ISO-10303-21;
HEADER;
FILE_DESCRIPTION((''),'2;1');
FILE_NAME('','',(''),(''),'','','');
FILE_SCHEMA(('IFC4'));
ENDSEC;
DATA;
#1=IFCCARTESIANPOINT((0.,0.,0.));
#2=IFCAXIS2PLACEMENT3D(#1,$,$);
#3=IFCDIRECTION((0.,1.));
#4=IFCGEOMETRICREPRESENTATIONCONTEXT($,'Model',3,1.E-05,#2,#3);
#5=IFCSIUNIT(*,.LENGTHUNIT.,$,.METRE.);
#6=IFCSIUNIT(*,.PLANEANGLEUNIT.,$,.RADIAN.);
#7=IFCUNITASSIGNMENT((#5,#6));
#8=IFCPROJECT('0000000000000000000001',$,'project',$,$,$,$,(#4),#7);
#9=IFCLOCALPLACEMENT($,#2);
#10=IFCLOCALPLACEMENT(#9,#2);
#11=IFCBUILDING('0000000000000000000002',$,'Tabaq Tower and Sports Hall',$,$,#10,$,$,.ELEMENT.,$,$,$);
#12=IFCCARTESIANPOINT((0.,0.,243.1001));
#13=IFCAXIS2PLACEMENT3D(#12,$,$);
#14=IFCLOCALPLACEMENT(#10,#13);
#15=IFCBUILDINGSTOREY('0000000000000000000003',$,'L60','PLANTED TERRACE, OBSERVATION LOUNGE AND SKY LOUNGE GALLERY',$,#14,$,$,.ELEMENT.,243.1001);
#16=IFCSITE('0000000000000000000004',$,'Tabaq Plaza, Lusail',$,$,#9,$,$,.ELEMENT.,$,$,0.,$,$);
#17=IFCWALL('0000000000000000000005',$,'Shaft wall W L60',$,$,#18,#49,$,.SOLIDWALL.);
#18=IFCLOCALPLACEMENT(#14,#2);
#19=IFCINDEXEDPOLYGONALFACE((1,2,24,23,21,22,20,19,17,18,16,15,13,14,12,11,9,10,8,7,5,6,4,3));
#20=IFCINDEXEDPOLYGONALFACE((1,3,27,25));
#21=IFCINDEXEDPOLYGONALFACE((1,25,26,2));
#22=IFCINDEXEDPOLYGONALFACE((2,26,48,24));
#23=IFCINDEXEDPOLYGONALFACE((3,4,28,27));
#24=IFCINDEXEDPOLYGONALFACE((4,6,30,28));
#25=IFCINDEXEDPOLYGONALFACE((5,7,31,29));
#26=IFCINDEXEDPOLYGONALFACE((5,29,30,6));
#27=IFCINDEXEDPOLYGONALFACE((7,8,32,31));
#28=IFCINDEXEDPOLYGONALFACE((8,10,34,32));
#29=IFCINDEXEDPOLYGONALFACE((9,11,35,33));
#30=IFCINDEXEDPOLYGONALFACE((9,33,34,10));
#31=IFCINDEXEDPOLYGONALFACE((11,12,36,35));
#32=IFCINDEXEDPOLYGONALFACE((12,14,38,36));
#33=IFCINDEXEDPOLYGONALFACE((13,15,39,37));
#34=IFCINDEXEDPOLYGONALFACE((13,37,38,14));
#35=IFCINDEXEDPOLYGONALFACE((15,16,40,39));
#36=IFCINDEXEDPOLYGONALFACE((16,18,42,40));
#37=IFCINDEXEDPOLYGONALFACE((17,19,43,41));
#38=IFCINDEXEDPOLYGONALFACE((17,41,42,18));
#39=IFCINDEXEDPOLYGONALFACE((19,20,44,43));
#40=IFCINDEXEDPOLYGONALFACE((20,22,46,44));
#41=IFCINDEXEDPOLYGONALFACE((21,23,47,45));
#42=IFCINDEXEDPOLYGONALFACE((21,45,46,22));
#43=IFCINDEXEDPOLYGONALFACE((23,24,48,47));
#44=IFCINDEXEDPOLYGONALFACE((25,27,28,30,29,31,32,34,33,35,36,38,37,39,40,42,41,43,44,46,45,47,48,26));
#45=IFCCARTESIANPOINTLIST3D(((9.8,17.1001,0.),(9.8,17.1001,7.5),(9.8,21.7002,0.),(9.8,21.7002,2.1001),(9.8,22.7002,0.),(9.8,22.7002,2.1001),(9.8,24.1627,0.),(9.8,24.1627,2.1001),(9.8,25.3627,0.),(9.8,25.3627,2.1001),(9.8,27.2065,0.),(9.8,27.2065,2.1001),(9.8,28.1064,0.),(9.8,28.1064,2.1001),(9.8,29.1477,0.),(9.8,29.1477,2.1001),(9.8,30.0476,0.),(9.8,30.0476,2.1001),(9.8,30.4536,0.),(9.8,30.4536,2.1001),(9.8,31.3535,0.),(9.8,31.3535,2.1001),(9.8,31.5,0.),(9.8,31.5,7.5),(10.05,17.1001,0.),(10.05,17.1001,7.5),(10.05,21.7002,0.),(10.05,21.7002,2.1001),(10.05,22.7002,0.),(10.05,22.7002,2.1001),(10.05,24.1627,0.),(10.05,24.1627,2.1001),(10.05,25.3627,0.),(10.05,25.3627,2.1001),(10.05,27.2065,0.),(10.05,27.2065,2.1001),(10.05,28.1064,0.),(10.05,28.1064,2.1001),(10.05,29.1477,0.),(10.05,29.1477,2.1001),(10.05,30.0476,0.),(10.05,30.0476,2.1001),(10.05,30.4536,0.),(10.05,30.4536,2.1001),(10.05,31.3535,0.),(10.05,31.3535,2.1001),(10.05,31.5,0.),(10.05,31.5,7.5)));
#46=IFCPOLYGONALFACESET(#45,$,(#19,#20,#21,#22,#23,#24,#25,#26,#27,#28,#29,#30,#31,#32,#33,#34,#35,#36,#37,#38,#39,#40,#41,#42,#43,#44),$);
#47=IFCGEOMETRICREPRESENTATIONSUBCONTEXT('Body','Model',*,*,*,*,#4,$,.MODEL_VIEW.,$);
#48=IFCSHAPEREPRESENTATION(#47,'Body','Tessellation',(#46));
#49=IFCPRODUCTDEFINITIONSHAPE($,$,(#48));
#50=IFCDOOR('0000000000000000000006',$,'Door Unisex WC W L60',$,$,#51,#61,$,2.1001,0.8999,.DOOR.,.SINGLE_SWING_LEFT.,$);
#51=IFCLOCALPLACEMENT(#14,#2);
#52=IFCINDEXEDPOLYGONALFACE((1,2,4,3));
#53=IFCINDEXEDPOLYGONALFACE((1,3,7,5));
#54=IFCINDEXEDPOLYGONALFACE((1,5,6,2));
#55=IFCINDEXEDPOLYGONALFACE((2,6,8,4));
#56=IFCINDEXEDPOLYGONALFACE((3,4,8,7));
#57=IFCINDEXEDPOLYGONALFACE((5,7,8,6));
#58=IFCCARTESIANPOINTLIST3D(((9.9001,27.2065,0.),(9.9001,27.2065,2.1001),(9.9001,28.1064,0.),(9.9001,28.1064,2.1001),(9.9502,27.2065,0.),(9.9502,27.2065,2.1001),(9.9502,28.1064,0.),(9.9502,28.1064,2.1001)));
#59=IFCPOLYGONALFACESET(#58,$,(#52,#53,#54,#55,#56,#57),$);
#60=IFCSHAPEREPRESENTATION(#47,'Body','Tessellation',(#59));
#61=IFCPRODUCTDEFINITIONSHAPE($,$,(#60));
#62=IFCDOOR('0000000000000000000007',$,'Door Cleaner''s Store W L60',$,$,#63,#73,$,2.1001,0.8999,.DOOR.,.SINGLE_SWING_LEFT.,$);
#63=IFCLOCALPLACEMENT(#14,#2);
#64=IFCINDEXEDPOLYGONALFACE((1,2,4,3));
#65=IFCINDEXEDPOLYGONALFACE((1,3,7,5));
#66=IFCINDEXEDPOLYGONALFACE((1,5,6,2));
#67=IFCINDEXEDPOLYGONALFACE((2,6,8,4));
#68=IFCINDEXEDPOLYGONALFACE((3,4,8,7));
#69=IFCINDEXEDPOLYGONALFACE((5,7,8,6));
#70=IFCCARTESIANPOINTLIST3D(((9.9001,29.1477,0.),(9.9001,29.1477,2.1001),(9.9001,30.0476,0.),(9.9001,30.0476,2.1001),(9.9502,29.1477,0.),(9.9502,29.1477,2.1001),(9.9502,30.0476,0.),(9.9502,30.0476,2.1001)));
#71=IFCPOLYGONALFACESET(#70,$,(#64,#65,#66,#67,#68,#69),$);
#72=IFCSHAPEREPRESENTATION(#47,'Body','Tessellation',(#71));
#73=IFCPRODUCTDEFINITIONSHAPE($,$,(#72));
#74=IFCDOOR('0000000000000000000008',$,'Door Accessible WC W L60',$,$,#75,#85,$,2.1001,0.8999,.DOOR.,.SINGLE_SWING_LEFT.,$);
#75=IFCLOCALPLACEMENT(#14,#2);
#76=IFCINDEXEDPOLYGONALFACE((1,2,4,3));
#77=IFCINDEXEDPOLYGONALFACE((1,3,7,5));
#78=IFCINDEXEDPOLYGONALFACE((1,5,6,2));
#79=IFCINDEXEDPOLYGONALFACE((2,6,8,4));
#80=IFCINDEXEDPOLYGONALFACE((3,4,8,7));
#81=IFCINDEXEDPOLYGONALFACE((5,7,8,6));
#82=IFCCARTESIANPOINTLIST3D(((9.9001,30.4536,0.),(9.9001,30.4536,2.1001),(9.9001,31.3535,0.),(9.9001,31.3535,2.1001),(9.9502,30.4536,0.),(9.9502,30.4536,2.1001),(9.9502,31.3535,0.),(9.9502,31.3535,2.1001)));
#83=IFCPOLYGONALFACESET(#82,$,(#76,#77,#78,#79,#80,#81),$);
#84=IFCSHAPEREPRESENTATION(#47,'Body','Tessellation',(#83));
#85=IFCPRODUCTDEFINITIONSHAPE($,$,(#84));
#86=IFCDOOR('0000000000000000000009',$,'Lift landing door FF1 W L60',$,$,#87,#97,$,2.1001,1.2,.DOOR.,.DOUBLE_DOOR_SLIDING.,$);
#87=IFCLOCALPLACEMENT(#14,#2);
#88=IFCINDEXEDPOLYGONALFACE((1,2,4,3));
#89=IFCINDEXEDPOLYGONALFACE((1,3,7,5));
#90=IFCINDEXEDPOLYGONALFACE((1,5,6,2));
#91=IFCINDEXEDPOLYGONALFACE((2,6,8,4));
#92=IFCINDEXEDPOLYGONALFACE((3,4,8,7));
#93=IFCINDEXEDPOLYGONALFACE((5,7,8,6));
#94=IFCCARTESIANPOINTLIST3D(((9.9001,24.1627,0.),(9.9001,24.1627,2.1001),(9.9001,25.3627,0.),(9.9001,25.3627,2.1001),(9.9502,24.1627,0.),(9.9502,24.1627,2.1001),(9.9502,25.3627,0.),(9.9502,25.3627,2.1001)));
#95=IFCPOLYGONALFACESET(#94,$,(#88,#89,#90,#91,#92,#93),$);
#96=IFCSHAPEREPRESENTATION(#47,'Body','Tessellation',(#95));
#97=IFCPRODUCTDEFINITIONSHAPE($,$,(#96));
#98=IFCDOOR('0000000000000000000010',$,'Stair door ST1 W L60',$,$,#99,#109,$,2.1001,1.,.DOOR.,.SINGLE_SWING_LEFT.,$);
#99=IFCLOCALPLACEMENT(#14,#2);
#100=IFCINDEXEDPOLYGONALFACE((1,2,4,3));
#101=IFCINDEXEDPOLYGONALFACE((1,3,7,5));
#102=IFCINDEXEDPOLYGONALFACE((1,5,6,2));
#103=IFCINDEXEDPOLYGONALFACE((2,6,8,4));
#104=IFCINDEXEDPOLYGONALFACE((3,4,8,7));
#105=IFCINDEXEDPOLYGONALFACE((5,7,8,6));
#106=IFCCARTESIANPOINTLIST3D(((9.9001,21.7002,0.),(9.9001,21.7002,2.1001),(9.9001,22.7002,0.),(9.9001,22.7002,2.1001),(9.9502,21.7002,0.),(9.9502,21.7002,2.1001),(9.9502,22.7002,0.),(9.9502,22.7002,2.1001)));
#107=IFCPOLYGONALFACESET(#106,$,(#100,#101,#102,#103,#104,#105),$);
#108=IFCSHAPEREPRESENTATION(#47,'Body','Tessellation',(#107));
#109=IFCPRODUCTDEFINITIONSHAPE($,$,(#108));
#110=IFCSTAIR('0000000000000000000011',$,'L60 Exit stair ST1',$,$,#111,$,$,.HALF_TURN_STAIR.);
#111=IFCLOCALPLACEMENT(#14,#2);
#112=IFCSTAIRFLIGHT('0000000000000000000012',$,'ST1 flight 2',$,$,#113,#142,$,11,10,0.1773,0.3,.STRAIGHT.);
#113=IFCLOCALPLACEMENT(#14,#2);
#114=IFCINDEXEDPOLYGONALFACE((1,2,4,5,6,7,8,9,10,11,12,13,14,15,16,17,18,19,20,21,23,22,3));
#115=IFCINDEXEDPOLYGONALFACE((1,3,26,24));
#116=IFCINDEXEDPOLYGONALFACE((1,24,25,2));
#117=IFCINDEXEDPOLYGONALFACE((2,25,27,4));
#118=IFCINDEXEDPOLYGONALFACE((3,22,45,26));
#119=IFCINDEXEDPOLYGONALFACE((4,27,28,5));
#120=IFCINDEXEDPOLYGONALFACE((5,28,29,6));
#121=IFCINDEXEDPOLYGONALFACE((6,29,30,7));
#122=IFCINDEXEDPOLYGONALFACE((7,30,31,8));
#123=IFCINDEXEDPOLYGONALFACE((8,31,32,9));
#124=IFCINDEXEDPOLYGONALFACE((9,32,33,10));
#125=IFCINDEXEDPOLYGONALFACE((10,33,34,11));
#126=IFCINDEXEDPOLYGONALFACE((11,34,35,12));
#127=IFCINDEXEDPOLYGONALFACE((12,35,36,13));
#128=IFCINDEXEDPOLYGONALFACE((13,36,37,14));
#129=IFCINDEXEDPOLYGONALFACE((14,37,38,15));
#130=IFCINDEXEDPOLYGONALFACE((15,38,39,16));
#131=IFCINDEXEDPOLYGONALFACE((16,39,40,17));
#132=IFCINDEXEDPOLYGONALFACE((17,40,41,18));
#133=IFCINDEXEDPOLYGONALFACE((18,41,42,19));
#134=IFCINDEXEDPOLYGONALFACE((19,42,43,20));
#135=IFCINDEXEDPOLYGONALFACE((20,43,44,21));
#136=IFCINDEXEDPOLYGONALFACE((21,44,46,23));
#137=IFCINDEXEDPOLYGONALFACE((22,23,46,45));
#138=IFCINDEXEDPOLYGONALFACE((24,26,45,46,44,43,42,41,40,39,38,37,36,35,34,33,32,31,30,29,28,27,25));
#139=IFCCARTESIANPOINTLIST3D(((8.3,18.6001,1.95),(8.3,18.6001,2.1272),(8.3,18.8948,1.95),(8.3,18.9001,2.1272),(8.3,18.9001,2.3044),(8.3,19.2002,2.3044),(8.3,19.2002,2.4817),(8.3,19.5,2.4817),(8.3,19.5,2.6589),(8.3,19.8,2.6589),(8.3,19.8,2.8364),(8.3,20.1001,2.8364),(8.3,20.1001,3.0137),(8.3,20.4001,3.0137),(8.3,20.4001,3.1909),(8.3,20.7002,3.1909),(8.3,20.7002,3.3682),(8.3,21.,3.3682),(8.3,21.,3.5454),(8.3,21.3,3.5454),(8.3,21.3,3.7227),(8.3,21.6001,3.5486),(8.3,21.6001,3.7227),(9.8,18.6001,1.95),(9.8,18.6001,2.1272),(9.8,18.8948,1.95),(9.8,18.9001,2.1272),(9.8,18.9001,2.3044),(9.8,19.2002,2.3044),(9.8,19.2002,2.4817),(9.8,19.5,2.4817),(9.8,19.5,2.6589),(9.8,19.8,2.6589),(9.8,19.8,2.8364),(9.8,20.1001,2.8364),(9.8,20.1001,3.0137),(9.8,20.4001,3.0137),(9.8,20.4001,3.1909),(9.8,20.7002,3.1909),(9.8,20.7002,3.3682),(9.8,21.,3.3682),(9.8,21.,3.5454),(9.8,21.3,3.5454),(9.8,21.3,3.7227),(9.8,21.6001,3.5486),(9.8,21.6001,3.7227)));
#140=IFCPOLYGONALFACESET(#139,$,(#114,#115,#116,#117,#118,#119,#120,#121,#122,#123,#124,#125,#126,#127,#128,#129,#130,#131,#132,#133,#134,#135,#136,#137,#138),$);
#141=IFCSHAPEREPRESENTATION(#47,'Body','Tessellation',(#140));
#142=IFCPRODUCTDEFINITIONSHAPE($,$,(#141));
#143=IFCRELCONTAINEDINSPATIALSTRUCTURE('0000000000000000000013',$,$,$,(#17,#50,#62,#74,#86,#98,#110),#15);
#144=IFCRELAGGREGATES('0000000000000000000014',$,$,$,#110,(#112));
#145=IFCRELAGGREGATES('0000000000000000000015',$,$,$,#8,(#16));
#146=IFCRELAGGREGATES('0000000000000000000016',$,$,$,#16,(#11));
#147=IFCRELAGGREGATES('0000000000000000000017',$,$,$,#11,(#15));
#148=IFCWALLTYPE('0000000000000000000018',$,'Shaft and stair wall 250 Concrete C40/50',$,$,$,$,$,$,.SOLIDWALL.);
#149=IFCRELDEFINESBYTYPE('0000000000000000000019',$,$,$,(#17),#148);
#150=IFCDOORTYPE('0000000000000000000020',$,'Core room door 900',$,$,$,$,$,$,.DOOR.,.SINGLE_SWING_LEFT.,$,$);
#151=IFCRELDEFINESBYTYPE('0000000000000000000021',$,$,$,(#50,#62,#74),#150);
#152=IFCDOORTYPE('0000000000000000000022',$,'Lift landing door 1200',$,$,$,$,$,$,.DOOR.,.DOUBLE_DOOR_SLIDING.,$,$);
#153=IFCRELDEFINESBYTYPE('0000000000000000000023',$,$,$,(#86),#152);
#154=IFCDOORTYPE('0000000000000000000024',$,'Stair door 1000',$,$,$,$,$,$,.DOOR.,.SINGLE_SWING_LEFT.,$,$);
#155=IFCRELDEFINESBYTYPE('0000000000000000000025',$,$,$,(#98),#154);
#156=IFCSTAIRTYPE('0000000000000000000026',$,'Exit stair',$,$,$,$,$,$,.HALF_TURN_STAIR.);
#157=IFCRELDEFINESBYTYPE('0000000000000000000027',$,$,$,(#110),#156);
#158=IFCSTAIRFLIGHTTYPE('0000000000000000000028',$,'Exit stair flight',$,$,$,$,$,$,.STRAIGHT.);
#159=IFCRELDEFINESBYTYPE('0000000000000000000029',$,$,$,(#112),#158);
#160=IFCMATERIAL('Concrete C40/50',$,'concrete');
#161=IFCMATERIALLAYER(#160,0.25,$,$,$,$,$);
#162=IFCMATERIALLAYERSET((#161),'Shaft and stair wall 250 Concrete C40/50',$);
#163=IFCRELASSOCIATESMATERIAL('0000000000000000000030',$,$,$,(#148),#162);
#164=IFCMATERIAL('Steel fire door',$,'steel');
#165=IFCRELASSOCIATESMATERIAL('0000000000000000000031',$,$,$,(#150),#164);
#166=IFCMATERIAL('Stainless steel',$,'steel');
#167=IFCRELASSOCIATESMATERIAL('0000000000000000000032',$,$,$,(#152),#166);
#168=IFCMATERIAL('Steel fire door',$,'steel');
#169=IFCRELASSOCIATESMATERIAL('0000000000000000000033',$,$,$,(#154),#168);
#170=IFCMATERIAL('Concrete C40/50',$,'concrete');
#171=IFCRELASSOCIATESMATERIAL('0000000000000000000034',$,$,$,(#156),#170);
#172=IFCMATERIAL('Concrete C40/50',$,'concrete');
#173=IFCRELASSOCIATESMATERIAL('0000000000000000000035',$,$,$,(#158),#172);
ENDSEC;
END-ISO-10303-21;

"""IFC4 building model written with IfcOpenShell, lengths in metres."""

from ifc_helpers import new_model, si_unit, direction, frame, frame_2d, origin, place, context, subcontext, project, spatial, polyline, rectangle, outline, extrude, material, layer, layer_set, type_object, element, fill, aggregate, save


model = new_model("IFC4")

# Units and contexts
model_context = context("Model", 3, precision=1e-05, world=origin(), true_north=direction((0.0, 1.0)))
body_context = subcontext(model_context, "Body", "Model", "MODEL_VIEW")
ifc_project = project(units=[si_unit("LENGTHUNIT", "METRE"), si_unit("PLANEANGLEUNIT", "RADIAN")], contexts=[model_context])

# Site, building, storey
site_placement = place(None, origin())
site = spatial("IfcSite", under=ifc_project, at=site_placement, Name="Tabaq Plaza, Lusail", CompositionType="ELEMENT", RefElevation=0.0)
building_placement = place(site_placement, origin())
building = spatial("IfcBuilding", under=site, at=building_placement, Name="Tabaq Tower and Sports Hall", CompositionType="ELEMENT")
storey_placement = place(building_placement, frame((0.0, 0.0, 243.1001)))
storey = spatial("IfcBuildingStorey", under=building, at=storey_placement, Name="L60", Description="PLANTED TERRACE, OBSERVATION LOUNGE AND SKY LOUNGE GALLERY", CompositionType="ELEMENT", Elevation=243.1001)

# Wall, openings, doors
ifc_material_1 = material(Name="Concrete C40/50", Category="concrete")
ifc_layer_1 = layer(ifc_material_1, 0.25)
ifc_layer_set_1 = layer_set([ifc_layer_1], Name="Shaft and stair wall 250 Concrete C40/50")
wall_type_1 = type_object("IfcWallType", Name="Shaft and stair wall 250 Concrete C40/50", PredefinedType="SOLIDWALL", material=ifc_layer_set_1)
wall_1_placement = place(storey_placement, frame((9.925, 17.1001, 0.0), z_axis=(0.0, 0.0, 1.0), x_axis=(0.0, 1.0, 0.0)))
wall_1 = element("IfcWall", 1, at=wall_1_placement, inside=storey, type_object=wall_type_1, Name="Shaft wall W L60", PredefinedType="SOLIDWALL", context=body_context, shape_type="SweptSolid", body=[
    extrude(rectangle(XDim=14.3999, YDim=0.25, at=frame_2d((7.2, 0.0))), origin(), (0.0, 0.0, 1.0), 7.5),
])
opening_1_placement = place(wall_1_placement, frame((4.6001, 0.0, 0.0)))
opening_1 = element("IfcOpeningElement", 2, at=opening_1_placement, cuts=wall_1, PredefinedType="OPENING", context=body_context, shape_type="SweptSolid", body=[
    extrude(rectangle(XDim=1.0, YDim=2.1001, at=frame_2d((0.5, 1.05))), frame((0.0, 0.125, 0.0), z_axis=(0.0, -1.0, 0.0), x_axis=(1.0, 0.0, 0.0)), (0.0, 0.0, 1.0), 0.25),
])
opening_2_placement = place(wall_1_placement, frame((7.0625, 0.0, 0.0)))
opening_2 = element("IfcOpeningElement", 3, at=opening_2_placement, cuts=wall_1, PredefinedType="OPENING", context=body_context, shape_type="SweptSolid", body=[
    extrude(rectangle(XDim=1.2, YDim=2.1001, at=frame_2d((0.6001, 1.05))), frame((0.0, 0.125, 0.0), z_axis=(0.0, -1.0, 0.0), x_axis=(1.0, 0.0, 0.0)), (0.0, 0.0, 1.0), 0.25),
])
opening_3_placement = place(wall_1_placement, frame((10.1064, 0.0, 0.0)))
opening_3 = element("IfcOpeningElement", 4, at=opening_3_placement, cuts=wall_1, PredefinedType="OPENING", context=body_context, shape_type="SweptSolid", body=[
    extrude(rectangle(XDim=0.8999, YDim=2.1001, at=frame_2d((0.45, 1.05))), frame((0.0, 0.125, 0.0), z_axis=(0.0, -1.0, 0.0), x_axis=(1.0, 0.0, 0.0)), (0.0, 0.0, 1.0), 0.25),
])
opening_4_placement = place(wall_1_placement, frame((12.0476, 0.0, 0.0)))
opening_4 = element("IfcOpeningElement", 5, at=opening_4_placement, cuts=wall_1, PredefinedType="OPENING", context=body_context, shape_type="SweptSolid", body=[
    extrude(rectangle(XDim=0.8999, YDim=2.1001, at=frame_2d((0.45, 1.05))), frame((0.0, 0.125, 0.0), z_axis=(0.0, -1.0, 0.0), x_axis=(1.0, 0.0, 0.0)), (0.0, 0.0, 1.0), 0.25),
])
opening_5_placement = place(wall_1_placement, frame((13.3535, 0.0, 0.0)))
opening_5 = element("IfcOpeningElement", 6, at=opening_5_placement, cuts=wall_1, PredefinedType="OPENING", context=body_context, shape_type="SweptSolid", body=[
    extrude(rectangle(XDim=0.8999, YDim=2.1001, at=frame_2d((0.45, 1.05))), frame((0.0, 0.125, 0.0), z_axis=(0.0, -1.0, 0.0), x_axis=(1.0, 0.0, 0.0)), (0.0, 0.0, 1.0), 0.25),
])
ifc_material_2 = material(Name="Steel fire door", Category="steel")
door_type_1 = type_object("IfcDoorType", Name="Core room door 900", OperationType="SINGLE_SWING_LEFT", PredefinedType="DOOR", material=ifc_material_2)
door_1_placement = place(opening_3_placement, origin())
door_1 = element("IfcDoor", 7, at=door_1_placement, inside=storey, type_object=door_type_1, Name="Door Unisex WC W L60", OperationType="SINGLE_SWING_LEFT", OverallHeight=2.1001, OverallWidth=0.8999, PredefinedType="DOOR", context=body_context, shape_type="SweptSolid", body=[
    extrude(rectangle(XDim=0.8999, YDim=2.1001, at=frame_2d((0.45, 1.05))), frame((0.0, 0.0249, 0.0), z_axis=(0.0, -1.0, 0.0), x_axis=(1.0, 0.0, 0.0)), (0.0, 0.0, 1.0), 0.05),
])
fill(opening_3, door_1)
door_2_placement = place(opening_4_placement, origin())
door_2 = element("IfcDoor", 8, at=door_2_placement, inside=storey, type_object=door_type_1, Name="Door Cleaner's Store W L60", OperationType="SINGLE_SWING_LEFT", OverallHeight=2.1001, OverallWidth=0.8999, PredefinedType="DOOR", context=body_context, shape_type="SweptSolid", body=[
    extrude(rectangle(XDim=0.8999, YDim=2.1001, at=frame_2d((0.45, 1.05))), frame((0.0, 0.0249, 0.0), z_axis=(0.0, -1.0, 0.0), x_axis=(1.0, 0.0, 0.0)), (0.0, 0.0, 1.0), 0.05),
])
fill(opening_4, door_2)
door_3_placement = place(opening_5_placement, origin())
door_3 = element("IfcDoor", 9, at=door_3_placement, inside=storey, type_object=door_type_1, Name="Door Accessible WC W L60", OperationType="SINGLE_SWING_LEFT", OverallHeight=2.1001, OverallWidth=0.8999, PredefinedType="DOOR", context=body_context, shape_type="SweptSolid", body=[
    extrude(rectangle(XDim=0.8999, YDim=2.1001, at=frame_2d((0.45, 1.05))), frame((0.0, 0.0249, 0.0), z_axis=(0.0, -1.0, 0.0), x_axis=(1.0, 0.0, 0.0)), (0.0, 0.0, 1.0), 0.05),
])
fill(opening_5, door_3)
ifc_material_3 = material(Name="Stainless steel", Category="steel")
door_type_2 = type_object("IfcDoorType", Name="Lift landing door 1200", OperationType="DOUBLE_DOOR_SLIDING", PredefinedType="DOOR", material=ifc_material_3)
door_4_placement = place(opening_2_placement, origin())
door_4 = element("IfcDoor", 10, at=door_4_placement, inside=storey, type_object=door_type_2, Name="Lift landing door FF1 W L60", OperationType="DOUBLE_DOOR_SLIDING", OverallHeight=2.1001, OverallWidth=1.2, PredefinedType="DOOR", context=body_context, shape_type="SweptSolid", body=[
    extrude(rectangle(XDim=1.2, YDim=2.1001, at=frame_2d((0.6001, 1.05))), frame((0.0, 0.0249, 0.0), z_axis=(0.0, -1.0, 0.0), x_axis=(1.0, 0.0, 0.0)), (0.0, 0.0, 1.0), 0.05),
])
fill(opening_2, door_4)
ifc_material_4 = material(Name="Steel fire door", Category="steel")
door_type_3 = type_object("IfcDoorType", Name="Stair door 1000", OperationType="SINGLE_SWING_LEFT", PredefinedType="DOOR", material=ifc_material_4)
door_5_placement = place(opening_1_placement, origin())
door_5 = element("IfcDoor", 11, at=door_5_placement, inside=storey, type_object=door_type_3, Name="Stair door ST1 W L60", OperationType="SINGLE_SWING_LEFT", OverallHeight=2.1001, OverallWidth=1.0, PredefinedType="DOOR", context=body_context, shape_type="SweptSolid", body=[
    extrude(rectangle(XDim=1.0, YDim=2.1001, at=frame_2d((0.5, 1.05))), frame((0.0, 0.0249, 0.0), z_axis=(0.0, -1.0, 0.0), x_axis=(1.0, 0.0, 0.0)), (0.0, 0.0, 1.0), 0.05),
])
fill(opening_1, door_5)

# Stair, stair flight
ifc_material_5 = material(Name="Concrete C40/50", Category="concrete")
stair_type = type_object("IfcStairType", Name="Exit stair", PredefinedType="HALF_TURN_STAIR", material=ifc_material_5)
stair_placement = place(storey_placement, origin())
stair = element("IfcStair", 12, at=stair_placement, inside=storey, type_object=stair_type, Name="L60 Exit stair ST1", PredefinedType="HALF_TURN_STAIR")
ifc_material_6 = material(Name="Concrete C40/50", Category="concrete")
stair_flight_type = type_object("IfcStairFlightType", Name="Exit stair flight", PredefinedType="STRAIGHT", material=ifc_material_6)
stair_flight_1_placement = place(storey_placement, frame((9.05, 18.6001, 1.95), z_axis=(0.0, 0.0, 1.0), x_axis=(0.0, 1.0, 0.0)))
stair_flight_1 = element("IfcStairFlight", 13, at=stair_flight_1_placement, type_object=stair_flight_type, Name="ST1 flight 2", NumberOfRisers=11, NumberOfTreads=10, PredefinedType="STRAIGHT", RiserHeight=0.1773, TreadLength=0.3, context=body_context, shape_type="SweptSolid", body=[
    extrude(outline(polyline([(0.0, 0.0), (0.0, 0.1772), (0.3, 0.1772), (0.3, 0.3545), (0.6001, 0.3545), (0.6001, 0.5317), (0.8999, 0.5317), (0.8999, 0.709), (1.2, 0.709), (1.2, 0.8865), (1.5, 0.8865), (1.5, 1.0637), (1.8, 1.0637), (1.8, 1.241), (2.1001, 1.241), (2.1001, 1.4182), (2.3999, 1.4182), (2.3999, 1.5955), (2.7, 1.5955), (2.7, 1.7727), (3.0, 1.7727), (3.0, 1.95), (3.0, 1.5986), (0.2947, 0.0), (0.0, 0.0)])), frame((0.0, 0.75, 0.0), z_axis=(0.0, -1.0, 0.0), x_axis=(1.0, 0.0, 0.0)), (0.0, 0.0, 1.0), 1.5),
])
aggregate(stair, [stair_flight_1])

save(model, "model.ifc")
